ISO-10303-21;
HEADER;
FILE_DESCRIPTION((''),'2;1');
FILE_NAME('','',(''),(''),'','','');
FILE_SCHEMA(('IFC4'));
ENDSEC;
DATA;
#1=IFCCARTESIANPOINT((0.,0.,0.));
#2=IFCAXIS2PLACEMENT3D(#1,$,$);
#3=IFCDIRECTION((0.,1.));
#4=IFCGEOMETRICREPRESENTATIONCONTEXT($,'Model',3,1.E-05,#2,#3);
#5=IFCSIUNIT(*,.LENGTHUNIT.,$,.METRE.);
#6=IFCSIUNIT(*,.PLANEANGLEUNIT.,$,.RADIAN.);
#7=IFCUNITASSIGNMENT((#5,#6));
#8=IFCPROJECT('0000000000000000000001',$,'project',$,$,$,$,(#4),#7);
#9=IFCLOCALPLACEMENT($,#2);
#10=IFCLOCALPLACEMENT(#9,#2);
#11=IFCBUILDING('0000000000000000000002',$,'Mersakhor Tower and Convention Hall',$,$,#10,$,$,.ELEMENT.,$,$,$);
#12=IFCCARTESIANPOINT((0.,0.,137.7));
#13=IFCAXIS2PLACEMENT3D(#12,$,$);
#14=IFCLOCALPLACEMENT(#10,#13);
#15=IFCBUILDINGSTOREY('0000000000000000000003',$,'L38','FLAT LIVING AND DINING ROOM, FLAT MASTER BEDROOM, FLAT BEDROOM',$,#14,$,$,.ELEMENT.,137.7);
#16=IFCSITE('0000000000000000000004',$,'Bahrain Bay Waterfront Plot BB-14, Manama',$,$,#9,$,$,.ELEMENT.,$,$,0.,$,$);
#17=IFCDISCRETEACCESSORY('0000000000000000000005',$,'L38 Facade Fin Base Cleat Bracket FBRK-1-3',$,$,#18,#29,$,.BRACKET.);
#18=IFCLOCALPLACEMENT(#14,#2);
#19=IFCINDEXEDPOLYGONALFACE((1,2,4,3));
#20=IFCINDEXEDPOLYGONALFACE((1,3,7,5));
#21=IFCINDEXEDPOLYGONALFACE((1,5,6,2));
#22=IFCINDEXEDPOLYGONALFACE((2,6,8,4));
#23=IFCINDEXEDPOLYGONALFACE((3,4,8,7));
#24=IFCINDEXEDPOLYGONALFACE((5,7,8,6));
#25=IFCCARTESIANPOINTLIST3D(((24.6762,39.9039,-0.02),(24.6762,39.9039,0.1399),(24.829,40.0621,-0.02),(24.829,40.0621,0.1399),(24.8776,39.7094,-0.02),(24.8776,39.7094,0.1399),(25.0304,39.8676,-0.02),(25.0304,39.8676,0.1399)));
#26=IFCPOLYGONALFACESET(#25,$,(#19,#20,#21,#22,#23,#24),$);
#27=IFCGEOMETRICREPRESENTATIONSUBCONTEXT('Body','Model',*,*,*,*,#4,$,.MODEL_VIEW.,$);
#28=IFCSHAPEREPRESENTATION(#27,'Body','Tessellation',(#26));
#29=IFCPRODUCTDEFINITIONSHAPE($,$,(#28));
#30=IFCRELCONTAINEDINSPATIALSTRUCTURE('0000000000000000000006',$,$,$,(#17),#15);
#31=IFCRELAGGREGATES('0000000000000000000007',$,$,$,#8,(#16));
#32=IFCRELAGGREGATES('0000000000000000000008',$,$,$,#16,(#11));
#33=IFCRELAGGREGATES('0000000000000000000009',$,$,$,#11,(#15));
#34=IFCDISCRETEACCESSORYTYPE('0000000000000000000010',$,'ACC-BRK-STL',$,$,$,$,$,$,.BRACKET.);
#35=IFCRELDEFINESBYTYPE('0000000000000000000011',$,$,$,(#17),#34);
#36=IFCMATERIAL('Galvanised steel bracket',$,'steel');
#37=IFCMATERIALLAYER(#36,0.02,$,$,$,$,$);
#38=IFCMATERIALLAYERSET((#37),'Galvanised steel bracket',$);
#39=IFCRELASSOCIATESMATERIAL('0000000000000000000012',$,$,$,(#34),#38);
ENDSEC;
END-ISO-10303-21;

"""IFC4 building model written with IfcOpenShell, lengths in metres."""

from ifc_helpers import new_model, si_unit, direction, frame, origin, origin_2d, place, context, subcontext, project, spatial, rectangle, extrude, material, layer, layer_set, type_object, element, save


model = new_model("IFC4")

# Units and contexts
model_context = context("Model", 3, precision=1e-05, world=origin(), true_north=direction((0.0, 1.0)))
body_context = subcontext(model_context, "Body", "Model", "MODEL_VIEW")
ifc_project = project(units=[si_unit("LENGTHUNIT", "METRE"), si_unit("PLANEANGLEUNIT", "RADIAN")], contexts=[model_context])

# Site, building, storey
site_placement = place(None, origin())
site = spatial("IfcSite", under=ifc_project, at=site_placement, Name="Bahrain Bay Waterfront Plot BB-14, Manama", CompositionType="ELEMENT", RefElevation=0.0)
building_placement = place(site_placement, origin())
building = spatial("IfcBuilding", under=site, at=building_placement, Name="Mersakhor Tower and Convention Hall", CompositionType="ELEMENT")
storey_placement = place(building_placement, frame((0.0, 0.0, 137.7)))
storey = spatial("IfcBuildingStorey", under=building, at=storey_placement, Name="L38", Description="FLAT LIVING AND DINING ROOM, FLAT MASTER BEDROOM, FLAT BEDROOM", CompositionType="ELEMENT", Elevation=137.7)

# Discrete accessory
ifc_material_1 = material(Name="Galvanised steel bracket", Category="steel")
ifc_layer_1 = layer(ifc_material_1, 0.02)
ifc_layer_set_1 = layer_set([ifc_layer_1], Name="Galvanised steel bracket")
discrete_accessory_type = type_object("IfcDiscreteAccessoryType", Name="ACC-BRK-STL", PredefinedType="BRACKET", material=ifc_layer_set_1)
discrete_accessory_1_placement = place(storey_placement, frame((24.8533, 39.8857, -0.02), z_axis=(0.0, 0.0, 1.0), x_axis=(-0.71934, 0.694658, 0.0)))
element("IfcDiscreteAccessory", 1, at=discrete_accessory_1_placement, inside=storey, type_object=discrete_accessory_type, Name="L38 Facade Fin Base Cleat Bracket FBRK-1-3", PredefinedType="BRACKET", context=body_context, shape_type="SweptSolid", body=[
    extrude(rectangle(XDim=0.28, YDim=0.22, at=origin_2d()), origin(), (0.0, 0.0, 1.0), 0.1599),
])

save(model, "model.ifc")
